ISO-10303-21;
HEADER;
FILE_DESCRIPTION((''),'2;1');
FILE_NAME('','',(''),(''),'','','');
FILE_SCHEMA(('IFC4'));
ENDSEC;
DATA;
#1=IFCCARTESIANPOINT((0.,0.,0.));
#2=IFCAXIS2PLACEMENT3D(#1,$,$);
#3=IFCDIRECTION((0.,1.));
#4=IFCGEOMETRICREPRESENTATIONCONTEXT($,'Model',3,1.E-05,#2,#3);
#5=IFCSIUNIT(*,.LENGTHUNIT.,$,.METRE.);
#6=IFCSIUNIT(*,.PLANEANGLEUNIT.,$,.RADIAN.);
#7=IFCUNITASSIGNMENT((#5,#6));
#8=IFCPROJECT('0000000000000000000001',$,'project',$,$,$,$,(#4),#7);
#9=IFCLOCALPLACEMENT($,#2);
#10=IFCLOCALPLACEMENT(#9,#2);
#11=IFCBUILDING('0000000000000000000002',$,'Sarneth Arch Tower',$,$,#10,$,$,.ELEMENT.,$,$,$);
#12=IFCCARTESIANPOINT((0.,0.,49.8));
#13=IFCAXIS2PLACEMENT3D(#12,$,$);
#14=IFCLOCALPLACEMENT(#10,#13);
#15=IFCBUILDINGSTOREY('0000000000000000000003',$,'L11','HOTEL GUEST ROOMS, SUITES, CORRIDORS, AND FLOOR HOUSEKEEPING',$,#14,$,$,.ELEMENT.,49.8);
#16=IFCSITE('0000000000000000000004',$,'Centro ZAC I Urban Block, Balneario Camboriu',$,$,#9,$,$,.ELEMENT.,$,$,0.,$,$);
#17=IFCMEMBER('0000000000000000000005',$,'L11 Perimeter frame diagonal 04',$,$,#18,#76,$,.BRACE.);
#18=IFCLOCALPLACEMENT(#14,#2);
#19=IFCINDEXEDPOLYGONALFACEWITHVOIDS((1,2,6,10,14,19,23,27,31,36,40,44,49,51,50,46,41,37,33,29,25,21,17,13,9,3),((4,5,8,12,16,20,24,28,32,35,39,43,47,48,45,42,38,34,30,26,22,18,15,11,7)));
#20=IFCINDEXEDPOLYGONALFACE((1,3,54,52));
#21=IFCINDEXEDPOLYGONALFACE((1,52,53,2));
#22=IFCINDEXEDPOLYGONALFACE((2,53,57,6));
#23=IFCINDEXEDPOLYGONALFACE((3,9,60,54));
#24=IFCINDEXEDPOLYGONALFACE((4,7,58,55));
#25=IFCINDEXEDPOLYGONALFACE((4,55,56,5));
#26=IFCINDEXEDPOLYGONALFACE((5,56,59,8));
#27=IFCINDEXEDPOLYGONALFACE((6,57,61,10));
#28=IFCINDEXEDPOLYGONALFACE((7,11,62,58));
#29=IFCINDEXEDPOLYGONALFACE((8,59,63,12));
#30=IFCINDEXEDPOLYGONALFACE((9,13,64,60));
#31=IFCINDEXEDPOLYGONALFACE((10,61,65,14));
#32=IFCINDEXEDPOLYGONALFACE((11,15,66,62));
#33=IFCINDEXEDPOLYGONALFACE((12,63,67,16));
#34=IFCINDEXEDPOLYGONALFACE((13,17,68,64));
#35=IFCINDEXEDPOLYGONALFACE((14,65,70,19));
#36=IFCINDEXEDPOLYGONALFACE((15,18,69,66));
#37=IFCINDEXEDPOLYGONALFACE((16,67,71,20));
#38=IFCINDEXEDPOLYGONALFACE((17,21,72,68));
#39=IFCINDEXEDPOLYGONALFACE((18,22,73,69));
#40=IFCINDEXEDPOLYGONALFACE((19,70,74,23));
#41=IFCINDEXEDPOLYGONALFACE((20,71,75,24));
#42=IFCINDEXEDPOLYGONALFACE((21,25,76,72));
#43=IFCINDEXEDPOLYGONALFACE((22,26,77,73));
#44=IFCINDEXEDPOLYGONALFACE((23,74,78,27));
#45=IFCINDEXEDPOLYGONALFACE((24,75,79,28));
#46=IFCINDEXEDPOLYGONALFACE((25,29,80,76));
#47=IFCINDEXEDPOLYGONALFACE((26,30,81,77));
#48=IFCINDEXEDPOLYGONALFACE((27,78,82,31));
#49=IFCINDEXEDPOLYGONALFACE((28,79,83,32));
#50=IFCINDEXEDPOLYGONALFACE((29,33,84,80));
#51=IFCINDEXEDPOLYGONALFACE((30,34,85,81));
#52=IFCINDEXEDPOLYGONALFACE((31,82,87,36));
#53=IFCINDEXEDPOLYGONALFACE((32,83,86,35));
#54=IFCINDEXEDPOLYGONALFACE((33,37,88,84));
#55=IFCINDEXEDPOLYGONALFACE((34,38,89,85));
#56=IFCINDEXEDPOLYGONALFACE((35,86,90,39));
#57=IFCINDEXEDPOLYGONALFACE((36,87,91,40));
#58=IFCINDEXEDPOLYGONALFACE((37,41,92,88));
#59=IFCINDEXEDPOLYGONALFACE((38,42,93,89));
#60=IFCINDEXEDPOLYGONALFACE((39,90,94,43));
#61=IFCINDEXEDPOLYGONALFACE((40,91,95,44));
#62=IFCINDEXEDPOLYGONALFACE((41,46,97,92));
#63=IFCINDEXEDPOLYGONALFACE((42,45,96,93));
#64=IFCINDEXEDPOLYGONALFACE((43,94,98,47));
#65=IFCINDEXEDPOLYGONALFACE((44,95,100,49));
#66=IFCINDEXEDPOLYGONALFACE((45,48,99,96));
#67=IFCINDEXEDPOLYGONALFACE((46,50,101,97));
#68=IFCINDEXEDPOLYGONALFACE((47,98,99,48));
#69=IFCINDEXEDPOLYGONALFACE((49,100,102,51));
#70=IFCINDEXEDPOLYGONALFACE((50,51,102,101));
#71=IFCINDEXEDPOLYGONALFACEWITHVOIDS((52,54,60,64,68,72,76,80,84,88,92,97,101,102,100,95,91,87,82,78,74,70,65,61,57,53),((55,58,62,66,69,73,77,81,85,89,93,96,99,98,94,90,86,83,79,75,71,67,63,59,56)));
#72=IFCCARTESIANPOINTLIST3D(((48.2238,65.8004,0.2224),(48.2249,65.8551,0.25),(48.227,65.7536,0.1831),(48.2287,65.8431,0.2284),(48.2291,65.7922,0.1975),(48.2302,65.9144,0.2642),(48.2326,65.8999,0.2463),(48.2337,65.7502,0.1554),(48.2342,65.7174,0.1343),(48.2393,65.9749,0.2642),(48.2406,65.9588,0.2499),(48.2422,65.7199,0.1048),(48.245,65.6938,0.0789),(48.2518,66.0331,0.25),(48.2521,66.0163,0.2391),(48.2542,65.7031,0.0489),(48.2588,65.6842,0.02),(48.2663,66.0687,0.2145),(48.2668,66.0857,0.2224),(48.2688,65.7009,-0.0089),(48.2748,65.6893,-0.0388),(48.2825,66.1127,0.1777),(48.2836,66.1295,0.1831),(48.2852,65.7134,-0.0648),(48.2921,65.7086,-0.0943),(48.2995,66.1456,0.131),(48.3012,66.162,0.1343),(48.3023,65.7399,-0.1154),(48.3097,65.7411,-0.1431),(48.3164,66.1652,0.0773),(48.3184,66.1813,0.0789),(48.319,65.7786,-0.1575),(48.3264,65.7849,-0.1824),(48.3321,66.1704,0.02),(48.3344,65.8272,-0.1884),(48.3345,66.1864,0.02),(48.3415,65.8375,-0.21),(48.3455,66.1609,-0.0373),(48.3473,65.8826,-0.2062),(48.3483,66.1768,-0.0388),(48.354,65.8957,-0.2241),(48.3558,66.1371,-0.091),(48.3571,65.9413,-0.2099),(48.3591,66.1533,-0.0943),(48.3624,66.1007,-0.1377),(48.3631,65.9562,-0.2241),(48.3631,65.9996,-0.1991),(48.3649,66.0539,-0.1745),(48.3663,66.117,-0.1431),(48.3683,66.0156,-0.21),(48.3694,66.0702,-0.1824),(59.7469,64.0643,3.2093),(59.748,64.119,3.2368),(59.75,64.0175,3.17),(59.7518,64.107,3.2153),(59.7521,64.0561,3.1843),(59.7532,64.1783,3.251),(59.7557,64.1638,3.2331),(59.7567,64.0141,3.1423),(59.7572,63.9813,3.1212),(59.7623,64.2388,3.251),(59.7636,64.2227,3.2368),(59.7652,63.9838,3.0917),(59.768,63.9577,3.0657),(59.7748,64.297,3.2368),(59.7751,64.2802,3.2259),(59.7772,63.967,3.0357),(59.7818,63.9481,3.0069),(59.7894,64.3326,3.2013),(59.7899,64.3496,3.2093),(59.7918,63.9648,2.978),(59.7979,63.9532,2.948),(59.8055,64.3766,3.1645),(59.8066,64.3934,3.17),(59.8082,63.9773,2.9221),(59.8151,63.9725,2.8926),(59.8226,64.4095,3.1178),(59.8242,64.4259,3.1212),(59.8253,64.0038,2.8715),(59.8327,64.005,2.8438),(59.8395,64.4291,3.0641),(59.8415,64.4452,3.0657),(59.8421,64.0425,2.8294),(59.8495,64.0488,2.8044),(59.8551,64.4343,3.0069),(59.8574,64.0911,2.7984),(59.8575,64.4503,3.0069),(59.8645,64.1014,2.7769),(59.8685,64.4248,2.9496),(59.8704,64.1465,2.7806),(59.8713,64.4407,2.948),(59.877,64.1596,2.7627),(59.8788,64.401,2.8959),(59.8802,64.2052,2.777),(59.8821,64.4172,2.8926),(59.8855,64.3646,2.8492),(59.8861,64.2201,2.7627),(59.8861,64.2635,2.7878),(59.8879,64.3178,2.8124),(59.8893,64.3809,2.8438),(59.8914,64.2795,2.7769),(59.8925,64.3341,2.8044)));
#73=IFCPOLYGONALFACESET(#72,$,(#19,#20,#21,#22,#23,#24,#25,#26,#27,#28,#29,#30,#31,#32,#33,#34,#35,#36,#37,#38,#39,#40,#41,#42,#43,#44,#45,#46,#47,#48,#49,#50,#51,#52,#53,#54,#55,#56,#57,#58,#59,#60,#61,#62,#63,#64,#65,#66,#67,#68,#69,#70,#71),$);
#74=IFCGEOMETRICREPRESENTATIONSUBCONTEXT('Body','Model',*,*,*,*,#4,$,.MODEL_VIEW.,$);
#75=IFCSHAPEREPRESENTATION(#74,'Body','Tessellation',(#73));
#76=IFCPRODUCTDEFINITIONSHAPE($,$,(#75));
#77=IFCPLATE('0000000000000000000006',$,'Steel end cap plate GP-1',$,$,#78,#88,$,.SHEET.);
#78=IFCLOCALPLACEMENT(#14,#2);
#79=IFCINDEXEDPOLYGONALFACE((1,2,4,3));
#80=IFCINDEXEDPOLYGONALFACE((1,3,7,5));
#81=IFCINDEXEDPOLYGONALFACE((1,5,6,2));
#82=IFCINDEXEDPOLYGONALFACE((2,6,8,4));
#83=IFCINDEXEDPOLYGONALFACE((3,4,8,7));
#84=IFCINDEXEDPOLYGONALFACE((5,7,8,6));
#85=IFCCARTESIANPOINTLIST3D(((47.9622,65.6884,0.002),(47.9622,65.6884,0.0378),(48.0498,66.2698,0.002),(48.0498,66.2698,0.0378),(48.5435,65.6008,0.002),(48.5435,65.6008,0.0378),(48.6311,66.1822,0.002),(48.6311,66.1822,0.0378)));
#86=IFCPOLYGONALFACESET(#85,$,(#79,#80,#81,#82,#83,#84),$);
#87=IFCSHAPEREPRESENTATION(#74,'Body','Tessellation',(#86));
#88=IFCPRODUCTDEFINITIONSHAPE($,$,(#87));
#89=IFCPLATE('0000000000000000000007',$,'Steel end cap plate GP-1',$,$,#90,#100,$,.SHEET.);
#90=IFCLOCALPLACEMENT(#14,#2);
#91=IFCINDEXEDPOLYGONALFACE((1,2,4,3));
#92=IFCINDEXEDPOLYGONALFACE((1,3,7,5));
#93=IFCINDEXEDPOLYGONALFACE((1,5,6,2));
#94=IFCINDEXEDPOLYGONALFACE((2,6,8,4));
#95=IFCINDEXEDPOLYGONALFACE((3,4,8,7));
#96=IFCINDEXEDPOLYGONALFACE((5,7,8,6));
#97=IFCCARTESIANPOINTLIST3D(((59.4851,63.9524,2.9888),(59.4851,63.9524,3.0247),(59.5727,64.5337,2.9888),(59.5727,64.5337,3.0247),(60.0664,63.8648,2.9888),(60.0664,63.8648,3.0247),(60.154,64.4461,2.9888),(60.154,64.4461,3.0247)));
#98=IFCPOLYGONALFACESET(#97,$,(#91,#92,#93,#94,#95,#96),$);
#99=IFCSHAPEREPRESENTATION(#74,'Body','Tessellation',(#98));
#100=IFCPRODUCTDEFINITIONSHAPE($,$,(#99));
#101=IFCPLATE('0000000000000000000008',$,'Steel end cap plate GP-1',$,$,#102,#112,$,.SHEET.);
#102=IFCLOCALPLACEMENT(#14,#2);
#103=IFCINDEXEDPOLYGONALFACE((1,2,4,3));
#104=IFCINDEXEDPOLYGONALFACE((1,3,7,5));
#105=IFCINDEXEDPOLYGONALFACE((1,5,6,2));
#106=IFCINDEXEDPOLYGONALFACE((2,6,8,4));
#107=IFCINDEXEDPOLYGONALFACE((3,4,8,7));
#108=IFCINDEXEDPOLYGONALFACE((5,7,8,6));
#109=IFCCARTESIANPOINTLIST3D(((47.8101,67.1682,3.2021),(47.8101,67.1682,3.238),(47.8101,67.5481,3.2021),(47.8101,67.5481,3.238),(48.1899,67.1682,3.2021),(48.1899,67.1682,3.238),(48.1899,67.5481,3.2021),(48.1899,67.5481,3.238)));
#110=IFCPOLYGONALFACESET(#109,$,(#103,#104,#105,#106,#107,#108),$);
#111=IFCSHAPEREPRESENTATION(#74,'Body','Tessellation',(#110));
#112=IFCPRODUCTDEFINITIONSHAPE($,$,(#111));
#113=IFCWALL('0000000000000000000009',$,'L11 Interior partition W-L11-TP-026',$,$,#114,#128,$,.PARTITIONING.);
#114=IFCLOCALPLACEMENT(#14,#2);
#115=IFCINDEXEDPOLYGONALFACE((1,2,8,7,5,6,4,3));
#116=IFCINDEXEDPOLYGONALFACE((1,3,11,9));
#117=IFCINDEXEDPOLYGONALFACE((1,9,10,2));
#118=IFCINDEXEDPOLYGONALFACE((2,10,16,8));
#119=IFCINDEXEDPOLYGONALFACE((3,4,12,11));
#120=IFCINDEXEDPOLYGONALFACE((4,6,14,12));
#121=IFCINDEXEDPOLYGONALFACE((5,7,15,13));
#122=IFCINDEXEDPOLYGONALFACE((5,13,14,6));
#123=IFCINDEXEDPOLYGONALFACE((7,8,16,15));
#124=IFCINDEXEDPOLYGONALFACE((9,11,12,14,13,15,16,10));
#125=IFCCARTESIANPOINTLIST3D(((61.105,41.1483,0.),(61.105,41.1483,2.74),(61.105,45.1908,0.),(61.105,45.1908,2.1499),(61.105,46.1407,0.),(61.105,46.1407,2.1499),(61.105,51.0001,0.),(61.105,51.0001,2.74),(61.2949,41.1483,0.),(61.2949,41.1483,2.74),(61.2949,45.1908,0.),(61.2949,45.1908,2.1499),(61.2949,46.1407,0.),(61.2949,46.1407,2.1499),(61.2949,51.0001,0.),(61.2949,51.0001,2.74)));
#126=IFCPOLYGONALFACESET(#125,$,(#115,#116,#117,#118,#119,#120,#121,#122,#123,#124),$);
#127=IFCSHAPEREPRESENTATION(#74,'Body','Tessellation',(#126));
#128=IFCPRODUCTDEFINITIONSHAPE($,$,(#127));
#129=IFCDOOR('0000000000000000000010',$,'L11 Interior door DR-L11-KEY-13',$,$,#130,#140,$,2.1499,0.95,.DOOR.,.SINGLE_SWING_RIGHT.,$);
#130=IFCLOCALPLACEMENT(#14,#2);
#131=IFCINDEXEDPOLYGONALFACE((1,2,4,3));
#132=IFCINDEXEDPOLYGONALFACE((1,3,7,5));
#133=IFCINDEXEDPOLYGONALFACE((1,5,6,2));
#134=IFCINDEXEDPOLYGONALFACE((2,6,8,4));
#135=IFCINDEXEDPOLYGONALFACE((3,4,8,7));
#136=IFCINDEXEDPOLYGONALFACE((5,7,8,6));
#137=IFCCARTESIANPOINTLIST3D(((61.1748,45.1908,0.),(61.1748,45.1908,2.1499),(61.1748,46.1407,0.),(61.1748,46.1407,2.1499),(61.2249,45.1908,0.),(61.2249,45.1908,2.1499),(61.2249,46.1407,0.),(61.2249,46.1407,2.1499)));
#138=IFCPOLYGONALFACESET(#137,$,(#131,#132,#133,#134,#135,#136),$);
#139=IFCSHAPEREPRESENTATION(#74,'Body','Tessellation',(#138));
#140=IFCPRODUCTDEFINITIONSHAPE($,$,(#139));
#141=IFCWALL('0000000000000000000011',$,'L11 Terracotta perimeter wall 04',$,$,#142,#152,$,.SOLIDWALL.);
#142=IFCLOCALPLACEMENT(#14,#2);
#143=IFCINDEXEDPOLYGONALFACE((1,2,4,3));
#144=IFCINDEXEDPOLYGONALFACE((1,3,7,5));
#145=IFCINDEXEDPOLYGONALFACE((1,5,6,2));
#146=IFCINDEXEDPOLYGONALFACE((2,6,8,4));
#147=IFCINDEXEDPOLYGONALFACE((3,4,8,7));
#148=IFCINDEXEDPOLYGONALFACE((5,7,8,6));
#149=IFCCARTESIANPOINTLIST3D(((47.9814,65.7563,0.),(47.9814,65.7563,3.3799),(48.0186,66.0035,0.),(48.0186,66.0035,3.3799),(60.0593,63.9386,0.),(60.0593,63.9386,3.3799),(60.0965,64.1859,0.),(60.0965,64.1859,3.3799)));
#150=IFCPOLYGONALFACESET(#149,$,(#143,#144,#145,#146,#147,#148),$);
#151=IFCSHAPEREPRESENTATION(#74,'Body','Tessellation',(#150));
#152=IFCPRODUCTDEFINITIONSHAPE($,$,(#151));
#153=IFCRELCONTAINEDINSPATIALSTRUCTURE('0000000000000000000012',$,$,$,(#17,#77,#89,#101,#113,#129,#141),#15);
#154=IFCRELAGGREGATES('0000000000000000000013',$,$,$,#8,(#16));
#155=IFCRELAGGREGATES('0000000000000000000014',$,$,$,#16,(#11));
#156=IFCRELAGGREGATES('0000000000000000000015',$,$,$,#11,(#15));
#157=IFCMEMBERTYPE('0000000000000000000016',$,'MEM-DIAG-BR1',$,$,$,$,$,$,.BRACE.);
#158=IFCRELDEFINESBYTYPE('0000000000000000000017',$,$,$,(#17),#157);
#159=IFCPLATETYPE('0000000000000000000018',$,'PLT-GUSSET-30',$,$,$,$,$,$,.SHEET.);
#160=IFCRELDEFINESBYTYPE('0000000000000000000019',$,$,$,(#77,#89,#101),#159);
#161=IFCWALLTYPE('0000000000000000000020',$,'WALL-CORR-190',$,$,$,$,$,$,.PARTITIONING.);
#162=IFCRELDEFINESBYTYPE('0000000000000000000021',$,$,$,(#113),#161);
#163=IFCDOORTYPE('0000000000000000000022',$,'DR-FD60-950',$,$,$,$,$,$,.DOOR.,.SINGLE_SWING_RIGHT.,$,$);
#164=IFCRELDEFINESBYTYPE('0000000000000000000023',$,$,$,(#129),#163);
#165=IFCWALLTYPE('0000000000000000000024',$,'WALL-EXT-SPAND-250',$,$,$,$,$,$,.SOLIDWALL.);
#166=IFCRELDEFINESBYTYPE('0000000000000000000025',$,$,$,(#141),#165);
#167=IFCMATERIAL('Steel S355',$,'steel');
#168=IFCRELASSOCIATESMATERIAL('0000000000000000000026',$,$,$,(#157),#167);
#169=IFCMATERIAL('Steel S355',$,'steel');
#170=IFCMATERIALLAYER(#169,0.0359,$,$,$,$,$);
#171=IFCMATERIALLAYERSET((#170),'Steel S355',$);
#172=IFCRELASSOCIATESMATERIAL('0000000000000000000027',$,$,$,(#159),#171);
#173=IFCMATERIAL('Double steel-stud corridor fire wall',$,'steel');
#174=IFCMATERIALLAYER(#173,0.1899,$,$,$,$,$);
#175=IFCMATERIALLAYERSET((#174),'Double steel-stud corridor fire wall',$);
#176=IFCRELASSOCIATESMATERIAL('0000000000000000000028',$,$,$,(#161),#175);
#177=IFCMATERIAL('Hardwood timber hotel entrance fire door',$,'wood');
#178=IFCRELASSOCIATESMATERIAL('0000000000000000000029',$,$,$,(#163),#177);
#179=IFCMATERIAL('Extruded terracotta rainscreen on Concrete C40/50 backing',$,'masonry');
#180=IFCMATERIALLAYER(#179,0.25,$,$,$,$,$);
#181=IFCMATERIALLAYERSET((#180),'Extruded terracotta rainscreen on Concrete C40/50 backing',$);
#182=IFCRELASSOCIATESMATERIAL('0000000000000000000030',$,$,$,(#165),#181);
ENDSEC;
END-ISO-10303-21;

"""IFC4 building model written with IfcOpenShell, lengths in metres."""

from ifc_helpers import new_model, si_unit, direction, frame, frame_2d, origin, origin_2d, place, context, subcontext, project, spatial, rectangle, hollow_circle, extrude, material, layer, layer_set, material_profile, profile_set, type_object, element, fill, save


model = new_model("IFC4")

# Units and contexts
model_context = context("Model", 3, precision=1e-05, world=origin(), true_north=direction((0.0, 1.0)))
body_context = subcontext(model_context, "Body", "Model", "MODEL_VIEW")
ifc_project = project(units=[si_unit("LENGTHUNIT", "METRE"), si_unit("PLANEANGLEUNIT", "RADIAN")], contexts=[model_context])

# Site, building, storey
site_placement = place(None, origin())
site = spatial("IfcSite", under=ifc_project, at=site_placement, Name="Centro ZAC I Urban Block, Balneario Camboriu", CompositionType="ELEMENT", RefElevation=0.0)
building_placement = place(site_placement, origin())
building = spatial("IfcBuilding", under=site, at=building_placement, Name="Sarneth Arch Tower", CompositionType="ELEMENT")
storey_placement = place(building_placement, frame((0.0, 0.0, 49.8)))
storey = spatial("IfcBuildingStorey", under=building, at=storey_placement, Name="L11", Description="HOTEL GUEST ROOMS, SUITES, CORRIDORS, AND FLOOR HOUSEKEEPING", CompositionType="ELEMENT", Elevation=49.8)

# Member
ifc_material_1 = material(Name="Steel S355", Category="steel")
ifc_material_profile_1 = material_profile(ifc_material_1, hollow_circle(Radius=0.2539, WallThickness=0.0161, at=origin_2d()), Name="CHS508x16")
ifc_profile_set_1 = profile_set([ifc_material_profile_1], Name="Steel S355")
member_type_1 = type_object("IfcMemberType", Name="MEM-DIAG-BR1", PredefinedType="BRACE", material=ifc_profile_set_1)
member_1_placement = place(storey_placement, frame((48.2966, 65.9353, 0.02), z_axis=(0.957876, -0.144317, 0.248287), x_axis=(0.148982, 0.98884, 0.0)))
element("IfcMember", 1, at=member_1_placement, inside=storey, type_object=member_type_1, Name="L11 Perimeter frame diagonal 04", PredefinedType="BRACE", context=body_context, shape_type="SweptSolid", body=[
    extrude(hollow_circle(Radius=0.2539, WallThickness=0.0161, at=origin_2d()), origin(), (0.0, 0.0, 1.0), 12.0298),
])

# Plates
ifc_material_2 = material(Name="Steel S355", Category="steel")
ifc_layer_1 = layer(ifc_material_2, 0.0359)
ifc_layer_set_1 = layer_set([ifc_layer_1], Name="Steel S355")
plate_type = type_object("IfcPlateType", Name="PLT-GUSSET-30", PredefinedType="SHEET", material=ifc_layer_set_1)
for number, where, z_axis, x_axis, name in (
    (2, (48.2966, 65.9353, 0.002), (0.0, 0.0, 1.0), (-0.988835, 0.149018, 0.0), "Steel end cap plate GP-1"),
    (3, (59.8196, 64.1992, 2.9888), (0.0, 0.0, 1.0), (-0.988835, 0.149018, 0.0), "Steel end cap plate GP-1"),
):
    element("IfcPlate", number, at=place(storey_placement, frame(where, z_axis=z_axis, x_axis=x_axis)), inside=storey, type_object=plate_type, Name=name, PredefinedType="SHEET", context=body_context, shape_type="SweptSolid", body=[
        extrude(rectangle(XDim=0.5879, YDim=0.5879, at=origin_2d()), origin(), (0.0, 0.0, 1.0), 0.0359),
    ])
plate_placement = place(storey_placement, frame((48.0, 67.3582, 3.2021), z_axis=(0.0, 0.0, 1.0), x_axis=(0.0, 1.0, 0.0)))
element("IfcPlate", 4, at=plate_placement, inside=storey, type_object=plate_type, Name="Steel end cap plate GP-1", PredefinedType="SHEET", context=body_context, shape_type="SweptSolid", body=[
    extrude(rectangle(XDim=0.3799, YDim=0.3799, at=origin_2d()), origin(), (0.0, 0.0, 1.0), 0.0359),
])

# Wall, opening, door
ifc_material_3 = material(Name="Double steel-stud corridor fire wall", Category="steel")
ifc_layer_2 = layer(ifc_material_3, 0.1899)
ifc_layer_set_2 = layer_set([ifc_layer_2], Name="Double steel-stud corridor fire wall")
wall_type_1 = type_object("IfcWallType", Name="WALL-CORR-190", PredefinedType="PARTITIONING", material=ifc_layer_set_2)
wall_1_placement = place(storey_placement, frame((61.2, 51.0, 0.0), z_axis=(0.0, 0.0, 1.0), x_axis=(0.0, -1.0, 0.0)))
wall_1 = element("IfcWall", 5, at=wall_1_placement, inside=storey, type_object=wall_type_1, Name="L11 Interior partition W-L11-TP-026", PredefinedType="PARTITIONING", context=body_context, shape_type="SweptSolid", body=[
    extrude(rectangle(XDim=9.8518, YDim=0.1899, at=frame_2d((4.9258, 0.0))), origin(), (0.0, 0.0, 1.0), 2.74),
])
opening_1_placement = place(wall_1_placement, frame((4.8591, 0.0, 0.0)))
opening_1 = element("IfcOpeningElement", 6, at=opening_1_placement, cuts=wall_1, PredefinedType="OPENING", context=body_context, shape_type="SweptSolid", body=[
    extrude(rectangle(XDim=0.95, YDim=2.1499, at=frame_2d((0.4751, 1.075))), frame((0.0, 0.105, 0.0), z_axis=(0.0, -1.0, 0.0), x_axis=(1.0, 0.0, 0.0)), (0.0, 0.0, 1.0), 0.21),
])
ifc_material_4 = material(Name="Hardwood timber hotel entrance fire door", Category="wood")
door_type_1 = type_object("IfcDoorType", Name="DR-FD60-950", OperationType="SINGLE_SWING_RIGHT", PredefinedType="DOOR", material=ifc_material_4)
door_1_placement = place(opening_1_placement, origin())
door_1 = element("IfcDoor", 7, at=door_1_placement, inside=storey, type_object=door_type_1, Name="L11 Interior door DR-L11-KEY-13", OperationType="SINGLE_SWING_RIGHT", OverallHeight=2.1499, OverallWidth=0.95, PredefinedType="DOOR", context=body_context, shape_type="SweptSolid", body=[
    extrude(rectangle(XDim=0.95, YDim=2.1499, at=frame_2d((0.4751, 1.075))), frame((0.0, 0.0249, 0.0), z_axis=(0.0, -1.0, 0.0), x_axis=(1.0, 0.0, 0.0)), (0.0, 0.0, 1.0), 0.05),
])
fill(opening_1, door_1)

# Wall
ifc_material_5 = material(Name="Extruded terracotta rainscreen on Concrete C40/50 backing", Category="masonry")
ifc_layer_3 = layer(ifc_material_5, 0.25)
ifc_layer_set_3 = layer_set([ifc_layer_3], Name="Extruded terracotta rainscreen on Concrete C40/50 backing")
wall_type_2 = type_object("IfcWallType", Name="WALL-EXT-SPAND-250", PredefinedType="SOLIDWALL", material=ifc_layer_set_3)
wall_2_placement = place(storey_placement, frame((60.0779, 64.0623, 0.0), z_axis=(0.0, 0.0, 1.0), x_axis=(-0.988865, 0.148816, 0.0)))
element("IfcWall", 8, at=wall_2_placement, inside=storey, type_object=wall_type_2, Name="L11 Terracotta perimeter wall 04", PredefinedType="SOLIDWALL", context=body_context, shape_type="SweptSolid", body=[
    extrude(rectangle(XDim=12.2139, YDim=0.25, at=frame_2d((6.1069, 0.0))), origin(), (0.0, 0.0, 1.0), 3.3799),
])

save(model, "model.ifc")
